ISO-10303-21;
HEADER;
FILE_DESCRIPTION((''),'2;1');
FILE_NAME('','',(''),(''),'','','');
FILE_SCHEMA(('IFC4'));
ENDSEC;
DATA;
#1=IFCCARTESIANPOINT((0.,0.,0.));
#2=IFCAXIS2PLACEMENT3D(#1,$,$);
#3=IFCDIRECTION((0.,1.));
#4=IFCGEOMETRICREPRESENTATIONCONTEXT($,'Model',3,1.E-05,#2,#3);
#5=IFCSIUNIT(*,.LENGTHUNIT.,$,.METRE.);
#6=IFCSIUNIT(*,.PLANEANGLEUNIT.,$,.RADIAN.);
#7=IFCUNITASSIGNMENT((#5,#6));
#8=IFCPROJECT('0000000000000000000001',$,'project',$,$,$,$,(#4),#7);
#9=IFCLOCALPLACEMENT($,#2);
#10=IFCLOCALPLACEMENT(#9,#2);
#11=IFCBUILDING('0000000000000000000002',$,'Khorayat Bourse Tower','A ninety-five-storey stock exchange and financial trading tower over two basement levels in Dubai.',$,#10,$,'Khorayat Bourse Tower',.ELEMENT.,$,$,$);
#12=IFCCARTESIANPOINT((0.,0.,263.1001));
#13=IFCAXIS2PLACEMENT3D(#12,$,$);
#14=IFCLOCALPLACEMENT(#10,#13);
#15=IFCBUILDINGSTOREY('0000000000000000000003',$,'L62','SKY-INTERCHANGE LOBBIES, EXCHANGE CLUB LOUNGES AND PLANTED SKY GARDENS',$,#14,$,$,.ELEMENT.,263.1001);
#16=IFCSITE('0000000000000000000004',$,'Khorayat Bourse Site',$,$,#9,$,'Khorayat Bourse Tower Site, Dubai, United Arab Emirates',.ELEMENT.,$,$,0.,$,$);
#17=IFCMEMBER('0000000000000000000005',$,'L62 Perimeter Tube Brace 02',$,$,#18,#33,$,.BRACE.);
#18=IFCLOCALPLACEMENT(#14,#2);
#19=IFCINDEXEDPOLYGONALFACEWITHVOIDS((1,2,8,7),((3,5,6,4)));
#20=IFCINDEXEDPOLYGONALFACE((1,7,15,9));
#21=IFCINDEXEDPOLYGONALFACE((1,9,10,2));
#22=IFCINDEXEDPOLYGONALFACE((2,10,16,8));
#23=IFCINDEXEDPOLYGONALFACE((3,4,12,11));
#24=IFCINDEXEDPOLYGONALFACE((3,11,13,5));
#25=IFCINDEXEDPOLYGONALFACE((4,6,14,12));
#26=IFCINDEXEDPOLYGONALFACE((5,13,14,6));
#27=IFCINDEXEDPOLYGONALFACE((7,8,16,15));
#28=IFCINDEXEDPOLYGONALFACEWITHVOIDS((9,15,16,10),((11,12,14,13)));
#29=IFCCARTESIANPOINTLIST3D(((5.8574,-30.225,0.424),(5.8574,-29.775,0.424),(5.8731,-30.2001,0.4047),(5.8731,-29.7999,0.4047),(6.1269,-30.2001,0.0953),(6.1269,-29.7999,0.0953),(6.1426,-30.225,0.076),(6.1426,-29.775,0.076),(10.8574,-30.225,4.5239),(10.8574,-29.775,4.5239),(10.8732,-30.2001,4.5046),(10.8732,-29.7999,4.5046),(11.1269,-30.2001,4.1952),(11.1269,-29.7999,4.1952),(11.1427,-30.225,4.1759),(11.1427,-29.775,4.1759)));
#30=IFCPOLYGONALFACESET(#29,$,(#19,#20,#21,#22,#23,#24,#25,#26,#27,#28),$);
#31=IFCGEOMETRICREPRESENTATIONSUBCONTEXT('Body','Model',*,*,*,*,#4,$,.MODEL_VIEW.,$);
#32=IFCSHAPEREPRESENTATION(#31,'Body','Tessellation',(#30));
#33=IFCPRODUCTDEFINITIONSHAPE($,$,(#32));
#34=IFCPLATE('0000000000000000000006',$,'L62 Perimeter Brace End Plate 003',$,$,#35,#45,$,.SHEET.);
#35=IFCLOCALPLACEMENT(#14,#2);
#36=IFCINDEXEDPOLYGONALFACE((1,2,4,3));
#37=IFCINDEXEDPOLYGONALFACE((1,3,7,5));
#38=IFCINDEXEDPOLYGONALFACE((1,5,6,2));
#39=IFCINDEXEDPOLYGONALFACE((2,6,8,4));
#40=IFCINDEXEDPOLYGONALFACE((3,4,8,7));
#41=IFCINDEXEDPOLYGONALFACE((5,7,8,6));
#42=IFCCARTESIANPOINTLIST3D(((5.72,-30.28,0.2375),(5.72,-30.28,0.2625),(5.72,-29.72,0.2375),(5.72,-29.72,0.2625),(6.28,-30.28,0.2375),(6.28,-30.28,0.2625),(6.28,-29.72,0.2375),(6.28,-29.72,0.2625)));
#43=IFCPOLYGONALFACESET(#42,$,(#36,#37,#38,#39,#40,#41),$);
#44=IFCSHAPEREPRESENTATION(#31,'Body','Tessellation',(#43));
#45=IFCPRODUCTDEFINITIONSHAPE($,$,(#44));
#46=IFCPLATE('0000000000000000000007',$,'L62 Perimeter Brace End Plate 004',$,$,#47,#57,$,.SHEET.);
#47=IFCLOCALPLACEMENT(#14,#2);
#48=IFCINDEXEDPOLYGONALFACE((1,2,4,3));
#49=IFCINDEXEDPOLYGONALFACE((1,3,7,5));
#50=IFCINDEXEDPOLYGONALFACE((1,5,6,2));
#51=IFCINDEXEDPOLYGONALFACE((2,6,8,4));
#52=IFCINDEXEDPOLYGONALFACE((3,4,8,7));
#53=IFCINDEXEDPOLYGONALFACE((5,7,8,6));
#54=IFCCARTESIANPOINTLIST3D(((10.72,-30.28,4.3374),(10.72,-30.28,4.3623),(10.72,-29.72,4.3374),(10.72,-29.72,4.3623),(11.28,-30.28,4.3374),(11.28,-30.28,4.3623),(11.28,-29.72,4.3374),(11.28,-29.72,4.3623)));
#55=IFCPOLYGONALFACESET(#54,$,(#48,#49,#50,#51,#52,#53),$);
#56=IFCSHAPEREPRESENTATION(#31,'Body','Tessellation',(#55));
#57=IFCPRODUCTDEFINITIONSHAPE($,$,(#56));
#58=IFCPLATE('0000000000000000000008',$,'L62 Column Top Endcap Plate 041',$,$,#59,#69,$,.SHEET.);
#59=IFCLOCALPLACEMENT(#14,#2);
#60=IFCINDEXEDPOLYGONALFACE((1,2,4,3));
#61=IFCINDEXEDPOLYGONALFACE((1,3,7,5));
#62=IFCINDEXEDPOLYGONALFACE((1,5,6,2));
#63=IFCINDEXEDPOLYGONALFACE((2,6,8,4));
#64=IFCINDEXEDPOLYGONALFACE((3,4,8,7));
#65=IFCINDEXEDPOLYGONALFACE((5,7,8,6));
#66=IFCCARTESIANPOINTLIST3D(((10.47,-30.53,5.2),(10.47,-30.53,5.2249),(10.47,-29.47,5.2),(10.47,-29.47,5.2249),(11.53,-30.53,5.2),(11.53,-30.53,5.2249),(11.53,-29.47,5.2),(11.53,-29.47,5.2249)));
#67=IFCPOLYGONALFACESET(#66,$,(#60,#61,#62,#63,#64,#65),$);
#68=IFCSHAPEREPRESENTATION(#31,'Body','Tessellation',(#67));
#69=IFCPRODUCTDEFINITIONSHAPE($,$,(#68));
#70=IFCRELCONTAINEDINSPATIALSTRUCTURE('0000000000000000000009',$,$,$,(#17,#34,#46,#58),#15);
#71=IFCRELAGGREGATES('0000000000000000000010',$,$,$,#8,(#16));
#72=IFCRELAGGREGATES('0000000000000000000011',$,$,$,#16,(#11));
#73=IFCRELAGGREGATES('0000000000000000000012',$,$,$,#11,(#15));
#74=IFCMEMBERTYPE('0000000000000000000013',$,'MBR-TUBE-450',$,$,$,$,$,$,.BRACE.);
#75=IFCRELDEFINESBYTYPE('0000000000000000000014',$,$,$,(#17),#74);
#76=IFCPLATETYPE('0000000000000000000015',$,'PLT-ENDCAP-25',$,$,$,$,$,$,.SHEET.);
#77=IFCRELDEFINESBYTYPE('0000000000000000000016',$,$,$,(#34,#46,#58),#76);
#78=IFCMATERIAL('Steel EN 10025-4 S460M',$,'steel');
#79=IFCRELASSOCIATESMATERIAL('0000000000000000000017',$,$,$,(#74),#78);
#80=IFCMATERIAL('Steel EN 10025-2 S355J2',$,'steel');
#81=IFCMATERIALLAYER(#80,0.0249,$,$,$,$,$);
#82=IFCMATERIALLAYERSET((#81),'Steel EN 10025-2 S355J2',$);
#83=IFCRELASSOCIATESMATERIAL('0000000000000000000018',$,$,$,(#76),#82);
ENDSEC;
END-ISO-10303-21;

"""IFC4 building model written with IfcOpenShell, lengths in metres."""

from ifc_helpers import new_model, si_unit, direction, frame, origin, origin_2d, place, context, subcontext, project, spatial, rectangle, hollow_rectangle, extrude, source, transform, mapped, material, layer, layer_set, material_profile, profile_set, type_object, element, save


model = new_model("IFC4")

# Units and contexts
model_context = context("Model", 3, precision=1e-05, world=origin(), true_north=direction((0.0, 1.0)))
body_context = subcontext(model_context, "Body", "Model", "MODEL_VIEW")
ifc_project = project(units=[si_unit("LENGTHUNIT", "METRE"), si_unit("PLANEANGLEUNIT", "RADIAN")], contexts=[model_context])

# Site, building, storey
site_placement = place(None, origin())
site = spatial("IfcSite", under=ifc_project, at=site_placement, Name="Khorayat Bourse Site", LongName="Khorayat Bourse Tower Site, Dubai, United Arab Emirates", CompositionType="ELEMENT", RefElevation=0.0)
building_placement = place(site_placement, origin())
building = spatial("IfcBuilding", under=site, at=building_placement, Name="Khorayat Bourse Tower", Description="A ninety-five-storey stock exchange and financial trading tower over two basement levels in Dubai.", LongName="Khorayat Bourse Tower", CompositionType="ELEMENT")
storey_placement = place(building_placement, frame((0.0, 0.0, 263.1001)))
storey = spatial("IfcBuildingStorey", under=building, at=storey_placement, Name="L62", Description="SKY-INTERCHANGE LOBBIES, EXCHANGE CLUB LOUNGES AND PLANTED SKY GARDENS", CompositionType="ELEMENT", Elevation=263.1001)

# Shared definitions
ifc_material_1 = material(Name="Steel EN 10025-4 S460M", Category="steel")

# Member
ifc_material_profile_1 = material_profile(ifc_material_1, hollow_rectangle(XDim=0.45, YDim=0.45, WallThickness=0.0249, at=origin_2d()), Name="HSS 450x450x25")
ifc_profile_set_1 = profile_set([ifc_material_profile_1], Name="Steel EN 10025-4 S460M")
member_type = type_object("IfcMemberType", Name="MBR-TUBE-450", PredefinedType="BRACE", material=ifc_profile_set_1)
shared_shape_1 = source(origin(), body_context, "Body", "SweptSolid", [
    extrude(hollow_rectangle(XDim=0.45, YDim=0.45, WallThickness=0.0249, at=origin_2d()), origin(), (0.0, 0.0, 1.0), 6.4661),
])
member_placement = place(storey_placement, frame((6.0, -30.0, 0.25), z_axis=(0.773279, 0.0, 0.634066), x_axis=(0.0, 1.0, 0.0)))
element("IfcMember", 1, at=member_placement, inside=storey, type_object=member_type, Name="L62 Perimeter Tube Brace 02", PredefinedType="BRACE", context=body_context, shape_type="MappedRepresentation", body=[
    mapped(shared_shape_1, transform((0.0, 0.0, 0.0), scale=1.0)),
])

# Plates
ifc_material_2 = material(Name="Steel EN 10025-2 S355J2", Category="steel")
ifc_layer_1 = layer(ifc_material_2, 0.0249)
ifc_layer_set_1 = layer_set([ifc_layer_1], Name="Steel EN 10025-2 S355J2")
plate_type = type_object("IfcPlateType", Name="PLT-ENDCAP-25", PredefinedType="SHEET", material=ifc_layer_set_1)
shared_shape_2 = source(origin(), body_context, "Body", "SweptSolid", [
    extrude(rectangle(XDim=0.5601, YDim=0.5601, at=origin_2d()), origin(), (0.0, 0.0, 1.0), 0.0249),
])
for number, where, z_axis, x_axis, name in (
    (2, (6.0, -30.0, 0.2375), (0.0, 0.0, 1.0), (1.0, 0.0, 0.0), "L62 Perimeter Brace End Plate 003"),
    (3, (11.0, -30.0, 4.3374), (0.0, 0.0, 1.0), (1.0, 0.0, 0.0), "L62 Perimeter Brace End Plate 004"),
):
    element("IfcPlate", number, at=place(storey_placement, frame(where, z_axis=z_axis, x_axis=x_axis)), inside=storey, type_object=plate_type, Name=name, PredefinedType="SHEET", context=body_context, shape_type="MappedRepresentation", body=[
        mapped(shared_shape_2, transform((0.0, 0.0, 0.0), scale=1.0)),
    ])
shared_shape_3 = source(origin(), body_context, "Body", "SweptSolid", [
    extrude(rectangle(XDim=1.0601, YDim=1.0601, at=origin_2d()), origin(), (0.0, 0.0, 1.0), 0.0249),
])
plate_placement = place(storey_placement, frame((11.0, -30.0, 5.2), z_axis=(0.0, 0.0, 1.0), x_axis=(1.0, 0.0, 0.0)))
element("IfcPlate", 4, at=plate_placement, inside=storey, type_object=plate_type, Name="L62 Column Top Endcap Plate 041", PredefinedType="SHEET", context=body_context, shape_type="MappedRepresentation", body=[
    mapped(shared_shape_3, transform((0.0, 0.0, 0.0), scale=1.0)),
])

save(model, "model.ifc")
